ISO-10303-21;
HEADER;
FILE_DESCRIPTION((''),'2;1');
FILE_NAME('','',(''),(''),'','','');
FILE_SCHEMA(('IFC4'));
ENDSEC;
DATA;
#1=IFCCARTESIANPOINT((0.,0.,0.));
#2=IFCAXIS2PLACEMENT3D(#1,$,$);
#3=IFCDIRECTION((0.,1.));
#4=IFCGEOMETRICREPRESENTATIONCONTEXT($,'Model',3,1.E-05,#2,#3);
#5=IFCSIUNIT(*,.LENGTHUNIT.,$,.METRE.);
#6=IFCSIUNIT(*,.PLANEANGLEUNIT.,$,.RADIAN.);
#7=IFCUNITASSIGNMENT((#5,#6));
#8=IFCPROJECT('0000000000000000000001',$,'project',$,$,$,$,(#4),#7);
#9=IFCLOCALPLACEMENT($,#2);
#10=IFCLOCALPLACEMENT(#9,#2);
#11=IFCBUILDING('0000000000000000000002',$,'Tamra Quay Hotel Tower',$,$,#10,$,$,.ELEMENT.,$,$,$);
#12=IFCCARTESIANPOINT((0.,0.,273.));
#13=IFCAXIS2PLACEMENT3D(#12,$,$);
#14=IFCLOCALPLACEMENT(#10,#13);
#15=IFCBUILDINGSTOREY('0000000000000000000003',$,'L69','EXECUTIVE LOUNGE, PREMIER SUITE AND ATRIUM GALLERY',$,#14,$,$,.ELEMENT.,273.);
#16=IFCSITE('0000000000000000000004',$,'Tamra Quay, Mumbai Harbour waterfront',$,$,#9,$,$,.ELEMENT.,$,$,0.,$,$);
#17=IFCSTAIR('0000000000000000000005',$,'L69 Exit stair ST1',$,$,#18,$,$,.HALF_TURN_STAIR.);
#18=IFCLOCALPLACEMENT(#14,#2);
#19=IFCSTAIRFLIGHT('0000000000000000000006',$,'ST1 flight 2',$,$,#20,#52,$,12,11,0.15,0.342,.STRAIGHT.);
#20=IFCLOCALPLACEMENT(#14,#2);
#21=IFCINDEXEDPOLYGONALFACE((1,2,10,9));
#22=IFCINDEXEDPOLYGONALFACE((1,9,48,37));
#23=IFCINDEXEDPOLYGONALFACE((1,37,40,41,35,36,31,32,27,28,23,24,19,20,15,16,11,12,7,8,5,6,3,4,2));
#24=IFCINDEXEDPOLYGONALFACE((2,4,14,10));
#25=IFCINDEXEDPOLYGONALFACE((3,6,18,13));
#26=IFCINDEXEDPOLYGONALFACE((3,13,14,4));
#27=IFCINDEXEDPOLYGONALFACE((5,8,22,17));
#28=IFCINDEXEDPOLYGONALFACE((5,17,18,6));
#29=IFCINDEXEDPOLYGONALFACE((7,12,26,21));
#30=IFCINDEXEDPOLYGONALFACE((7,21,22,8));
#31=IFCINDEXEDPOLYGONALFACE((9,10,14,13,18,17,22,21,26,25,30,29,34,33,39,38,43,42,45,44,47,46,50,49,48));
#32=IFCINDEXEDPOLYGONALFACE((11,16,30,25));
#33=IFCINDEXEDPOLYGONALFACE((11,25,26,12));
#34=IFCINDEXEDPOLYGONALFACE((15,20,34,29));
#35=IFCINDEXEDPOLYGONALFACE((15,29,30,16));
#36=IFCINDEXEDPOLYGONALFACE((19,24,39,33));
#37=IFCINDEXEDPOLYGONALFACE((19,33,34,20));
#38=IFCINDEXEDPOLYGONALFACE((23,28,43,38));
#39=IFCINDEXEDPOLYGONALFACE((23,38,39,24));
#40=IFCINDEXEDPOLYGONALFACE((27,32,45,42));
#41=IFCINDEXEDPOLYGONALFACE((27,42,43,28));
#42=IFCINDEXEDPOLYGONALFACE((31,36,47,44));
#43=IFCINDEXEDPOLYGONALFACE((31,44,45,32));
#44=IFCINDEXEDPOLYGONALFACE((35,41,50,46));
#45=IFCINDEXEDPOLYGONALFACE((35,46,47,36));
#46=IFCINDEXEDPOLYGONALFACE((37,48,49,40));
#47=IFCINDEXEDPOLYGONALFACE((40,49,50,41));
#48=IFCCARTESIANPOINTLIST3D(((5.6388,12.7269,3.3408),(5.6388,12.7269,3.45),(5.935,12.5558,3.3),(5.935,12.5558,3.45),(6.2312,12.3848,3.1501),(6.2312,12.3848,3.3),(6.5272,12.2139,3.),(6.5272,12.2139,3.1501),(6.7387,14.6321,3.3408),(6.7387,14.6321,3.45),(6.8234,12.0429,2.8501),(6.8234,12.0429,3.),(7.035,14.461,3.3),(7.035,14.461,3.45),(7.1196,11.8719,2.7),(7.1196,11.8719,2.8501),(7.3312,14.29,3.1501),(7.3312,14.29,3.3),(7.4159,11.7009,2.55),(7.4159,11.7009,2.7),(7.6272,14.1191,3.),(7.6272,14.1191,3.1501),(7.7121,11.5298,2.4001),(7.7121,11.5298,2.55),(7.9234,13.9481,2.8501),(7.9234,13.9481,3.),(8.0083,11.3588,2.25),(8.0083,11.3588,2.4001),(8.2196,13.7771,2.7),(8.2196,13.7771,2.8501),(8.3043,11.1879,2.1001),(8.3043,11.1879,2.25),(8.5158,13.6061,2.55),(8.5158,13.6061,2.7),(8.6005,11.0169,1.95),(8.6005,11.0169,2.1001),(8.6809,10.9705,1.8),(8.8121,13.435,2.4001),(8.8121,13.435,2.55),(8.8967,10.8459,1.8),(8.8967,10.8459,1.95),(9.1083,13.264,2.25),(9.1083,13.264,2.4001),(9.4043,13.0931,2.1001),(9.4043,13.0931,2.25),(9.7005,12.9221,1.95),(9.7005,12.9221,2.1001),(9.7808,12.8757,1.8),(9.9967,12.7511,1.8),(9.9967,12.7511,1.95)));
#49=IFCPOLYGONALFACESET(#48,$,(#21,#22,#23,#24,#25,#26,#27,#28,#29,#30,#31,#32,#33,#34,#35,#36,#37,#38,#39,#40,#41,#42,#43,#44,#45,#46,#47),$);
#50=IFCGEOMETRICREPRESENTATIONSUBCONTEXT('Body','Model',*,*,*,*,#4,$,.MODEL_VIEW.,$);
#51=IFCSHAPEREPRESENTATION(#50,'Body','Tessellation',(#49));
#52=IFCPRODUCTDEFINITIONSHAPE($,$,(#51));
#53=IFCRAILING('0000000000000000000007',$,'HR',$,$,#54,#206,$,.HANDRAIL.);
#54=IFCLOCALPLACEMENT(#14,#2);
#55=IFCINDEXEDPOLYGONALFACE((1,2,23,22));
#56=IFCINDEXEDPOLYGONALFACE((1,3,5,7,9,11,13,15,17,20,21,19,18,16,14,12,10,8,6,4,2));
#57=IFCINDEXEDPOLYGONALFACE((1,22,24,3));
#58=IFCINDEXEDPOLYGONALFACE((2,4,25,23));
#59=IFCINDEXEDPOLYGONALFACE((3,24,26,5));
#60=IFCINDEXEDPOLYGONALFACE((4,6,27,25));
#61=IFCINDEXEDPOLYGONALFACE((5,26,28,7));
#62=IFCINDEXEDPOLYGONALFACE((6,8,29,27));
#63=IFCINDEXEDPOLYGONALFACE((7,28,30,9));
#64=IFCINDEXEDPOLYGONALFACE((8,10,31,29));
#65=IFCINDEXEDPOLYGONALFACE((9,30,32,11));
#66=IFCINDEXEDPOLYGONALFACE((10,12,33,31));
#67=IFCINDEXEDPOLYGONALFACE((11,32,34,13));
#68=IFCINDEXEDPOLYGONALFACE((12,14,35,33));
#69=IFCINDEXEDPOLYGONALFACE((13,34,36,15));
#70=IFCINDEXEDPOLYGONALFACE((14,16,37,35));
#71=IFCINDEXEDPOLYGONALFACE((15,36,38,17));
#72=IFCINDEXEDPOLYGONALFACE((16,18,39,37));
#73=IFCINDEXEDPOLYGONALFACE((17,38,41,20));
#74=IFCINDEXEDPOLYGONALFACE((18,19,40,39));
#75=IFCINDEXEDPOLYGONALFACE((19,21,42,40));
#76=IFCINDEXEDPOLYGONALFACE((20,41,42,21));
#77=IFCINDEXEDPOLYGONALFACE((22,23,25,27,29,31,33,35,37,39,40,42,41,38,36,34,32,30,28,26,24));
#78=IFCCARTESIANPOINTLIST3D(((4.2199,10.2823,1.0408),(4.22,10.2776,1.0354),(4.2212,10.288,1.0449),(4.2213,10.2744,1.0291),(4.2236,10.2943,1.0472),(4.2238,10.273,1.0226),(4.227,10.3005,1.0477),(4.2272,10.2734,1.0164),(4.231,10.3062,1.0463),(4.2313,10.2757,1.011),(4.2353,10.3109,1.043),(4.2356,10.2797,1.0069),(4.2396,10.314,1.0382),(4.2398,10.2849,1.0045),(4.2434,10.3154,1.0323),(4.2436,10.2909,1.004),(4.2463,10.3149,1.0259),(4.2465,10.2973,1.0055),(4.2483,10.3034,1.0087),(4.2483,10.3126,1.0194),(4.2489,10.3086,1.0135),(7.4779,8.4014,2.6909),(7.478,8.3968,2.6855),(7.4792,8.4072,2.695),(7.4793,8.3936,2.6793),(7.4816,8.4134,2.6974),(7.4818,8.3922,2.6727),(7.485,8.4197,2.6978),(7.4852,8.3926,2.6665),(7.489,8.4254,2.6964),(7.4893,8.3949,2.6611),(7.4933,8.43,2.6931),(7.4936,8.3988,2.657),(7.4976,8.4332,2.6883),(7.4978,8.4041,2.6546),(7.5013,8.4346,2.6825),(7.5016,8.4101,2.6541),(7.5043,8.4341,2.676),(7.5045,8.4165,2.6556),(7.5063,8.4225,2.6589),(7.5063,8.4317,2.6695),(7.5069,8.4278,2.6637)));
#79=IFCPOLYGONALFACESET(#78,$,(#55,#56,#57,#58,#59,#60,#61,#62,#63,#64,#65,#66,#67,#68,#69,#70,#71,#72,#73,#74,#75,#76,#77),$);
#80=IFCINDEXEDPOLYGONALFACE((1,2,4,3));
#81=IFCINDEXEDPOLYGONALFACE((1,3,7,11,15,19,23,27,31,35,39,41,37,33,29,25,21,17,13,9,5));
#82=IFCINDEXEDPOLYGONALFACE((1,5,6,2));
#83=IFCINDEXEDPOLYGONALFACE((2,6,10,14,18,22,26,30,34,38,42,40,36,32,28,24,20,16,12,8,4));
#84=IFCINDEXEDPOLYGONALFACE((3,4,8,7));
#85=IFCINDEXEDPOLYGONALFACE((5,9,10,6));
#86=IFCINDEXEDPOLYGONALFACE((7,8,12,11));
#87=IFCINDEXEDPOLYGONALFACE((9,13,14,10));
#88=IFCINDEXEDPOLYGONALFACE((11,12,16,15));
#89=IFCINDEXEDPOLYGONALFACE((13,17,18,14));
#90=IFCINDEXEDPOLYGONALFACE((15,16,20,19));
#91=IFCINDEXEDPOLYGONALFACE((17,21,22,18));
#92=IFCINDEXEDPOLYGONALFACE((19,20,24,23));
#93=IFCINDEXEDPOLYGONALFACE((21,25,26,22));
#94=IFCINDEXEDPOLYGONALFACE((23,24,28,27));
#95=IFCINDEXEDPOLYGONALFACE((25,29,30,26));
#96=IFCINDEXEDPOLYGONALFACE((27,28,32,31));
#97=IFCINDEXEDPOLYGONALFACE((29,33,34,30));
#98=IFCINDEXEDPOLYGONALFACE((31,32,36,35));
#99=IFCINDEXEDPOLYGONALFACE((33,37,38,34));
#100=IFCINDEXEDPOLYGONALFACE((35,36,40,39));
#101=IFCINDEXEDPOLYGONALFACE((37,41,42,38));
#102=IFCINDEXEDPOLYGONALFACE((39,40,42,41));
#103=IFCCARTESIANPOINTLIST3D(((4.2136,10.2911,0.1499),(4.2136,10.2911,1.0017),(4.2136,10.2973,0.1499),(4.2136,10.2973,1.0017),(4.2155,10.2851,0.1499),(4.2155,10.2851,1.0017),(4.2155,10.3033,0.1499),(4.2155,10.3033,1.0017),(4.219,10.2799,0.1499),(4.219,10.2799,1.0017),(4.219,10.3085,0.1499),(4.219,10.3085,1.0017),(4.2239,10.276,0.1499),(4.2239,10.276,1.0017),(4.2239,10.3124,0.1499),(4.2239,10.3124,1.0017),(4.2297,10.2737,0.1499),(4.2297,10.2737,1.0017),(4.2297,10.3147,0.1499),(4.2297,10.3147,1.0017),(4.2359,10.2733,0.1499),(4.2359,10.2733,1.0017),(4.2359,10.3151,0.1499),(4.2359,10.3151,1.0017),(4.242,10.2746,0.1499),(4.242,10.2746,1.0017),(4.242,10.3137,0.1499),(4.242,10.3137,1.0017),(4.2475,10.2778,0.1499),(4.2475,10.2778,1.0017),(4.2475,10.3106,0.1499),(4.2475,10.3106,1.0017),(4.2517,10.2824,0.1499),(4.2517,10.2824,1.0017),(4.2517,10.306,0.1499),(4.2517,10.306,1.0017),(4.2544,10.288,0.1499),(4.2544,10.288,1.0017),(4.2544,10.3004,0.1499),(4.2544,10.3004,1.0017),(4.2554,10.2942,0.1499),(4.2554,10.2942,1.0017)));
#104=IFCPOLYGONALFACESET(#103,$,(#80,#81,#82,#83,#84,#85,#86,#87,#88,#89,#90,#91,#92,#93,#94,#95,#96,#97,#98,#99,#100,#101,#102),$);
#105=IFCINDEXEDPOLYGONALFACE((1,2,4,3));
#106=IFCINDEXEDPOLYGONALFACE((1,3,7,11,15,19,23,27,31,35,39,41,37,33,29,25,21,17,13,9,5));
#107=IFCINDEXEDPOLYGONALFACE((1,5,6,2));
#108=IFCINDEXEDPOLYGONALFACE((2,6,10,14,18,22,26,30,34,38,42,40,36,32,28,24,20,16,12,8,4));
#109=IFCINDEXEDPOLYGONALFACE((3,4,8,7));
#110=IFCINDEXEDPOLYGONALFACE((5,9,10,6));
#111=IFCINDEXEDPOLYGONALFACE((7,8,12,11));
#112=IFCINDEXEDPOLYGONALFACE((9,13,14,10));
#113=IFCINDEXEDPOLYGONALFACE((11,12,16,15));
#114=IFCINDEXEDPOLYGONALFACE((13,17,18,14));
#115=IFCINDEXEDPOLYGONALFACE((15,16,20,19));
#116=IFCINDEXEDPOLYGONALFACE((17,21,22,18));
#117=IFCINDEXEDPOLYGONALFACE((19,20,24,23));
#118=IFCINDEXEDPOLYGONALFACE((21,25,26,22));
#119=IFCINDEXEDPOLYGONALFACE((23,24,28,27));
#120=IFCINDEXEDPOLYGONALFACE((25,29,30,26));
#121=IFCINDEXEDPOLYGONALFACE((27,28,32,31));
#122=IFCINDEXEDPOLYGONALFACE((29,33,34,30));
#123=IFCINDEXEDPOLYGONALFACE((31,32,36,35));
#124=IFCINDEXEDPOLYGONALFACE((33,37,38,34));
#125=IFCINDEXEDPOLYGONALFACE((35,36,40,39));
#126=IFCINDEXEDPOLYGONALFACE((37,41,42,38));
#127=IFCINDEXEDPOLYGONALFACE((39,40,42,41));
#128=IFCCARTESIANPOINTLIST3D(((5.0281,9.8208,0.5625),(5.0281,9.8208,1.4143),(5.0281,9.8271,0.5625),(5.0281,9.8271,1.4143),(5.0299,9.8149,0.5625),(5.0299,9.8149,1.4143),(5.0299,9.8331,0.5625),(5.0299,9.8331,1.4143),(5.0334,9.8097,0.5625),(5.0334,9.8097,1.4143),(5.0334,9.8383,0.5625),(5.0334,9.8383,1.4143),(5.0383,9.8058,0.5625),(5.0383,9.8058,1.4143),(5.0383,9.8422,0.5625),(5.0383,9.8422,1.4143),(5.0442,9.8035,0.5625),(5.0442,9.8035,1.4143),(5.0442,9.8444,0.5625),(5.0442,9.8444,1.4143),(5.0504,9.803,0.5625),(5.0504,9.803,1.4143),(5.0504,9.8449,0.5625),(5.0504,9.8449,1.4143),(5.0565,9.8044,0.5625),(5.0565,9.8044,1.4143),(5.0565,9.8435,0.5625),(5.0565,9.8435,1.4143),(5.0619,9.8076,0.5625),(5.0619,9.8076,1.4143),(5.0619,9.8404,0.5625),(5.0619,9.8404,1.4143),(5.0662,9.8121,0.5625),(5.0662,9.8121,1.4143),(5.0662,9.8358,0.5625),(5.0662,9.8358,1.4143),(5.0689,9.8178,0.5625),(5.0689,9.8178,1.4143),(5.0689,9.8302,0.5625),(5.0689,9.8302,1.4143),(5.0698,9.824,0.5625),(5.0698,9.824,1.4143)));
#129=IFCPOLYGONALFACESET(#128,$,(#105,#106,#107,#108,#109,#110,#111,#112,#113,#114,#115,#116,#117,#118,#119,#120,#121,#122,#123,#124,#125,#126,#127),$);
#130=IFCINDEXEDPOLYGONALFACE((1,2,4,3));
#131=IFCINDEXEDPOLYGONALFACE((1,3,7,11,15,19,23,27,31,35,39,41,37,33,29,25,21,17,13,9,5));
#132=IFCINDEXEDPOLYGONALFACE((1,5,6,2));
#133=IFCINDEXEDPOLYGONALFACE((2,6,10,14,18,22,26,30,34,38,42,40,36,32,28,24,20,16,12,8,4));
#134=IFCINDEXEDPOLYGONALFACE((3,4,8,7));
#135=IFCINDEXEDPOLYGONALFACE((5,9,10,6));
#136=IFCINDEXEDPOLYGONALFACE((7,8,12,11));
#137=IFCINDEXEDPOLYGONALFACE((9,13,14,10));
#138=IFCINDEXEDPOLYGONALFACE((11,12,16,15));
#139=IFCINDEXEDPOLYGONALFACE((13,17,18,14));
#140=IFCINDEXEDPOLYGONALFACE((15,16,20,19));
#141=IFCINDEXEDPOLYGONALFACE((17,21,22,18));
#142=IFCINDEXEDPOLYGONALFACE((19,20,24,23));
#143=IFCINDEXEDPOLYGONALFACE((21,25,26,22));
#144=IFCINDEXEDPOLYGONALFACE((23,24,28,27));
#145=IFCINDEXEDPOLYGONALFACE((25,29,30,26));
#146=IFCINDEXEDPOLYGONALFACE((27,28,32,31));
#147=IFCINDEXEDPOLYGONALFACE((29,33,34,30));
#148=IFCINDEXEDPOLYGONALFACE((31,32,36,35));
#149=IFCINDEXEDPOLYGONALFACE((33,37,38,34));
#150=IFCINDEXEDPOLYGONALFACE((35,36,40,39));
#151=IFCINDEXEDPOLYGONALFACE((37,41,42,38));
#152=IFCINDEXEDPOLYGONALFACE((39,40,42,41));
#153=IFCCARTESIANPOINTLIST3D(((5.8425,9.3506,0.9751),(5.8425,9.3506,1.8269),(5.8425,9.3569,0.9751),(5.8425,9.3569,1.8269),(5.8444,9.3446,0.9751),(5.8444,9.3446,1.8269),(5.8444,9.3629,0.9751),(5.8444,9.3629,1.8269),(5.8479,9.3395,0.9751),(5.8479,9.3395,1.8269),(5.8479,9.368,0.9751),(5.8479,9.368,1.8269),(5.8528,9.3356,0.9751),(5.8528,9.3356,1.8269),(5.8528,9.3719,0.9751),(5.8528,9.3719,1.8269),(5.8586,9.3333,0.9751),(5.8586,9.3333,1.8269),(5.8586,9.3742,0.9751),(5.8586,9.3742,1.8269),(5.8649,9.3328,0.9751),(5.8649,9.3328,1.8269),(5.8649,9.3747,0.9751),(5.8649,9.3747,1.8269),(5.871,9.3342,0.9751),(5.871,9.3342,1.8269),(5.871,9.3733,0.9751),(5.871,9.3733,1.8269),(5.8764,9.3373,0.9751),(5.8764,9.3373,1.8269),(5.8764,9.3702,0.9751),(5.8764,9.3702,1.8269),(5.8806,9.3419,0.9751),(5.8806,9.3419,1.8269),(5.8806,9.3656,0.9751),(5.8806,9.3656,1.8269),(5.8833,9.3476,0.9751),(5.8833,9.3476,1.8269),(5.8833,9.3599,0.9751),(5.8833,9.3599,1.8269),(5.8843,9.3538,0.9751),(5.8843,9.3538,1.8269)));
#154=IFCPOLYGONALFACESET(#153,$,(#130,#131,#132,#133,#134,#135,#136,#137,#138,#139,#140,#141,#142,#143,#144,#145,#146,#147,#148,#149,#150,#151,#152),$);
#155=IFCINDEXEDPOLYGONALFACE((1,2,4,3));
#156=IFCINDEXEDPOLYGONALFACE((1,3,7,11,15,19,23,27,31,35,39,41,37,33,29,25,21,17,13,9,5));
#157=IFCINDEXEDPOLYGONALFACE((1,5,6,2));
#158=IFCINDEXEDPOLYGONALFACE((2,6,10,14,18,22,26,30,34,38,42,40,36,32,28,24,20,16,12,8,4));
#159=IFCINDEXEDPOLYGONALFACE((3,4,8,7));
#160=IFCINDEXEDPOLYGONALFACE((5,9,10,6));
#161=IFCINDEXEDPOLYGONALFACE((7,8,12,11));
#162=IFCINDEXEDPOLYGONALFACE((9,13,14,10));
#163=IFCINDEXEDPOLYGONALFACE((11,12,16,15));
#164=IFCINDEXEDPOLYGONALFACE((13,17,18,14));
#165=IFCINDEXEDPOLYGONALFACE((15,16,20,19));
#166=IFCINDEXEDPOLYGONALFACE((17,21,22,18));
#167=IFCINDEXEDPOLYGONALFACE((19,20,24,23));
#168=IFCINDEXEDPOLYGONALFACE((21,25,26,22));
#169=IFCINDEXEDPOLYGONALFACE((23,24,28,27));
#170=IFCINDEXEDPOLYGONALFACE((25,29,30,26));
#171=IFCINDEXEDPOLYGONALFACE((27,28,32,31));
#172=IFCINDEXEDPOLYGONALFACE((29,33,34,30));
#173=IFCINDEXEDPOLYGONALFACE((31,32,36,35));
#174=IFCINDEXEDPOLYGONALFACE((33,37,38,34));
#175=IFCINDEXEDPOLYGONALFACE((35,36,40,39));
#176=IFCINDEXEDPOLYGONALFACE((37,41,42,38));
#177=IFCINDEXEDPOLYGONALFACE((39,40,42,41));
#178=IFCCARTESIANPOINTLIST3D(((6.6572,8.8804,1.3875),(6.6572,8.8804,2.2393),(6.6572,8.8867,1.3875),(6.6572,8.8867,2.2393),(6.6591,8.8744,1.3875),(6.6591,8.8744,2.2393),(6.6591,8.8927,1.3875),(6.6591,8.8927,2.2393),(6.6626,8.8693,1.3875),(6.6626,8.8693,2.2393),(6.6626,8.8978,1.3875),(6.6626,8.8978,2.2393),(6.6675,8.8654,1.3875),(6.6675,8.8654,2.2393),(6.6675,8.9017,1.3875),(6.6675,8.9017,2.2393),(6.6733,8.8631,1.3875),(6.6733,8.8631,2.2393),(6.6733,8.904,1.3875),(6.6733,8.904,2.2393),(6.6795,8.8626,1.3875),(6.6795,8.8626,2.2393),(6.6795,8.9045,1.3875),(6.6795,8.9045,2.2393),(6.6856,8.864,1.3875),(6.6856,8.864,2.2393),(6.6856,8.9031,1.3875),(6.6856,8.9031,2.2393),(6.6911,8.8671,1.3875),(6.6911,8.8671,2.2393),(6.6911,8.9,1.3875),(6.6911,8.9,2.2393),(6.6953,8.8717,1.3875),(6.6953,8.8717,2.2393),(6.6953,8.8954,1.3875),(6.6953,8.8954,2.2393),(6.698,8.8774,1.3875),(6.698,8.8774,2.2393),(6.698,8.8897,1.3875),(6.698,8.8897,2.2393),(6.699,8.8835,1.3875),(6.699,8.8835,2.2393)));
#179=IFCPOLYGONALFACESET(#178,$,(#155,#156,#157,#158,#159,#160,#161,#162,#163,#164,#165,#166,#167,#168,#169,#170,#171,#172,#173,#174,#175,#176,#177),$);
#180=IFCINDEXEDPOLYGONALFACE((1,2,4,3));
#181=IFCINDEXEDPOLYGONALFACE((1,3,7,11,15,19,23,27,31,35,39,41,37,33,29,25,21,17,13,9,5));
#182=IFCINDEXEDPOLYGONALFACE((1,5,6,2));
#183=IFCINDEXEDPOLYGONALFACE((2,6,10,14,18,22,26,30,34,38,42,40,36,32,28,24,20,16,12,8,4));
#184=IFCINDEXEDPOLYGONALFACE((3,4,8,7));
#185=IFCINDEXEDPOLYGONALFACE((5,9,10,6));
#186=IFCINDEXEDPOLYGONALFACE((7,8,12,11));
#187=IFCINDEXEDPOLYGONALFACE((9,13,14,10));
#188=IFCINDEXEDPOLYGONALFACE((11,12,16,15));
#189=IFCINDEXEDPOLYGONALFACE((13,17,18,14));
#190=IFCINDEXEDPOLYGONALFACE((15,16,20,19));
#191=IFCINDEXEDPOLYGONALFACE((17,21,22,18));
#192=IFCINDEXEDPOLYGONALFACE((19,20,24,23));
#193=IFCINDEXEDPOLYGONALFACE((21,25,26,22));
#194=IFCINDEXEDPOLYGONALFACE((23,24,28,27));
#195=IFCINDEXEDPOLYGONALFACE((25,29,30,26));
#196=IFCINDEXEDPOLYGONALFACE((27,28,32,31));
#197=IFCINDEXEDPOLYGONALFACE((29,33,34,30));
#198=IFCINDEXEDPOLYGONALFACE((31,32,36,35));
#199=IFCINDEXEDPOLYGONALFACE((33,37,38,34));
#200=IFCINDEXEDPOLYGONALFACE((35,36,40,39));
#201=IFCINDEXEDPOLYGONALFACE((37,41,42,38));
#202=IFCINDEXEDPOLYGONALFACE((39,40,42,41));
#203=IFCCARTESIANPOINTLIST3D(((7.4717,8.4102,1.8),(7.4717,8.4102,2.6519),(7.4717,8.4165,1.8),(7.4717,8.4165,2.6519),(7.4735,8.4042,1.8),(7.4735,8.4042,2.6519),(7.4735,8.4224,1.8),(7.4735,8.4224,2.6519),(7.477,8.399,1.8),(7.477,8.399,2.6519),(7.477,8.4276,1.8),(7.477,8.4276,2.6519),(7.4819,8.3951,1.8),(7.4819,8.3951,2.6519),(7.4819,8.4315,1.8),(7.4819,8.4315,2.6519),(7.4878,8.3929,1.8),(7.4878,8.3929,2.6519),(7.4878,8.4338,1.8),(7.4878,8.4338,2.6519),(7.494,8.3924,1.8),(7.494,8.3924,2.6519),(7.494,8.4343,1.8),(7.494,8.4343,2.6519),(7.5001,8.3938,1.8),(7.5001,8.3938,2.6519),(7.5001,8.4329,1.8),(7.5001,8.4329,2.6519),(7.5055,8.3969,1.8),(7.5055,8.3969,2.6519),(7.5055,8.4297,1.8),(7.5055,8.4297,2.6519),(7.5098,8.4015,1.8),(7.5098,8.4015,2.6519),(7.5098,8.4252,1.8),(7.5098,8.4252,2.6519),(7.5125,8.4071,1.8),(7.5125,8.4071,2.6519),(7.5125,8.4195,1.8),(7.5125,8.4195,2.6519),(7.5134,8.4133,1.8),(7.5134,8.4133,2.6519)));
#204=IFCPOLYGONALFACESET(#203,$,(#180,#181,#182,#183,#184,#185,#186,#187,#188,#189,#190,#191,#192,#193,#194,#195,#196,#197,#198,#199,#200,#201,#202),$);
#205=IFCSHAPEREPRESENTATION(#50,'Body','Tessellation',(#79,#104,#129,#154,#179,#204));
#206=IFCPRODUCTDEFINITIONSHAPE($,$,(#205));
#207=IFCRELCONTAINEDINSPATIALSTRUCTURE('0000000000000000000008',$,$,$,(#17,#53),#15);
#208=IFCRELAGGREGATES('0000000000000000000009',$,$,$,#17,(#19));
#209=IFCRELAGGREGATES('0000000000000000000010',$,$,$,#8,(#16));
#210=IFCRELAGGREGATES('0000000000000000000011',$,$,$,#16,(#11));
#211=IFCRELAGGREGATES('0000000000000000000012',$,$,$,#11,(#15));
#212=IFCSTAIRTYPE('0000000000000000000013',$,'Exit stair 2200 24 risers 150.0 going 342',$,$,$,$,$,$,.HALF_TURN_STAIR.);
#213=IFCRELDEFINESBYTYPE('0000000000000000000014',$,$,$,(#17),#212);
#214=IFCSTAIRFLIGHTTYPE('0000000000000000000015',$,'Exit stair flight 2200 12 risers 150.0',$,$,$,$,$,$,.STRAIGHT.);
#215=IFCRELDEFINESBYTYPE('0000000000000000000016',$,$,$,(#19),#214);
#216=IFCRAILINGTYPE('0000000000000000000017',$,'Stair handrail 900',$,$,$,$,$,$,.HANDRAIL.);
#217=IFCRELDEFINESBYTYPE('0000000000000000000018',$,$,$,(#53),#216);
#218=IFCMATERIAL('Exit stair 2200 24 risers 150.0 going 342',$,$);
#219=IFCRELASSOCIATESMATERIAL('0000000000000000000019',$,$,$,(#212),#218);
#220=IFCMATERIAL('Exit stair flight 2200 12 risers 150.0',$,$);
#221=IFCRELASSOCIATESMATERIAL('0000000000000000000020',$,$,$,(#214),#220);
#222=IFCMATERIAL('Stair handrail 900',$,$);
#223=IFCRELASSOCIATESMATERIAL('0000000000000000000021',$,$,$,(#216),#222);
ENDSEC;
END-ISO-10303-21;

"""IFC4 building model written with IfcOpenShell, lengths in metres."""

from ifc_helpers import new_model, si_unit, direction, frame, origin, origin_2d, place, context, subcontext, project, spatial, polyline, circle, outline, extrude, material, type_object, element, aggregate, save


model = new_model("IFC4")

# Units and contexts
model_context = context("Model", 3, precision=1e-05, world=origin(), true_north=direction((0.0, 1.0)))
body_context = subcontext(model_context, "Body", "Model", "MODEL_VIEW")
ifc_project = project(units=[si_unit("LENGTHUNIT", "METRE"), si_unit("PLANEANGLEUNIT", "RADIAN")], contexts=[model_context])

# Site, building, storey
site_placement = place(None, origin())
site = spatial("IfcSite", under=ifc_project, at=site_placement, Name="Tamra Quay, Mumbai Harbour waterfront", CompositionType="ELEMENT", RefElevation=0.0)
building_placement = place(site_placement, origin())
building = spatial("IfcBuilding", under=site, at=building_placement, Name="Tamra Quay Hotel Tower", CompositionType="ELEMENT")
storey_placement = place(building_placement, frame((0.0, 0.0, 273.0)))
storey = spatial("IfcBuildingStorey", under=building, at=storey_placement, Name="L69", Description="EXECUTIVE LOUNGE, PREMIER SUITE AND ATRIUM GALLERY", CompositionType="ELEMENT", Elevation=273.0)

# Stair, stair flight
ifc_material_1 = material(Name="Exit stair 2200 24 risers 150.0 going 342")
stair_type = type_object("IfcStairType", Name="Exit stair 2200 24 risers 150.0 going 342", PredefinedType="HALF_TURN_STAIR", material=ifc_material_1)
stair_placement = place(storey_placement, origin())
stair = element("IfcStair", 1, at=stair_placement, inside=storey, type_object=stair_type, Name="L69 Exit stair ST1", PredefinedType="HALF_TURN_STAIR")
ifc_material_2 = material(Name="Exit stair flight 2200 12 risers 150.0")
stair_flight_type = type_object("IfcStairFlightType", Name="Exit stair flight 2200 12 risers 150.0", PredefinedType="STRAIGHT", material=ifc_material_2)
stair_flight_1_placement = place(storey_placement, frame((9.4468, 11.7986, 1.8), z_axis=(0.0, 0.0, 1.0), x_axis=(-0.866025, 0.5, 0.0)))
stair_flight_1 = element("IfcStairFlight", 2, at=stair_flight_1_placement, type_object=stair_flight_type, Name="ST1 flight 2", NumberOfRisers=12, NumberOfTreads=11, PredefinedType="STRAIGHT", RiserHeight=0.15, TreadLength=0.342, context=body_context, shape_type="SweptSolid", body=[
    extrude(outline(polyline([(0.0, 0.0), (0.0, 0.1499), (0.342, 0.1499), (0.342, 0.3), (0.6841, 0.3), (0.6841, 0.45), (1.0259, 0.45), (1.0259, 0.6001), (1.3679, 0.6001), (1.3679, 0.75), (1.71, 0.75), (1.71, 0.8999), (2.052, 0.8999), (2.052, 1.05), (2.394, 1.05), (2.394, 1.2), (2.7361, 1.2), (2.7361, 1.3501), (3.0779, 1.3501), (3.0779, 1.5), (3.4199, 1.5), (3.4199, 1.6499), (3.762, 1.6499), (3.762, 1.8), (3.762, 1.5408), (0.2493, 0.0), (0.0, 0.0)])), frame((0.0, 1.1001, 0.0), z_axis=(0.0, -1.0, 0.0), x_axis=(1.0, 0.0, 0.0)), (0.0, 0.0, 1.0), 2.2),
])
aggregate(stair, [stair_flight_1])

# Railing
ifc_material_3 = material(Name="Stair handrail 900")
railing_type_1 = type_object("IfcRailingType", Name="Stair handrail 900", PredefinedType="HANDRAIL", material=ifc_material_3)
railing_1_placement = place(storey_placement, frame((4.2344, 10.2942, 0.1499)))
element("IfcRailing", 3, at=railing_1_placement, inside=storey, type_object=railing_type_1, Name="HR", PredefinedType="HANDRAIL", context=body_context, shape_type="SweptSolid", body=[
    extrude(circle(Radius=0.0239, at=origin_2d()), frame((0.0, 0.0, 0.876), z_axis=(0.793103, -0.457854, 0.401692), x_axis=(0.499964, 0.866046, 0.0)), (0.0, 0.0, 1.0), 4.1079),
    extrude(circle(Radius=0.021, at=origin_2d()), origin(), (0.0, 0.0, 1.0), 0.8518),
    extrude(circle(Radius=0.021, at=origin_2d()), frame((0.8145, -0.4702, 0.4126)), (0.0, 0.0, 1.0), 0.8518),
    extrude(circle(Radius=0.021, at=origin_2d()), frame((1.6289, -0.9404, 0.8252)), (0.0, 0.0, 1.0), 0.8518),
    extrude(circle(Radius=0.021, at=origin_2d()), frame((2.4436, -1.4106, 1.2375)), (0.0, 0.0, 1.0), 0.8518),
    extrude(circle(Radius=0.021, at=origin_2d()), frame((3.2581, -1.8809, 1.6501)), (0.0, 0.0, 1.0), 0.8518),
])

save(model, "model.ifc")
